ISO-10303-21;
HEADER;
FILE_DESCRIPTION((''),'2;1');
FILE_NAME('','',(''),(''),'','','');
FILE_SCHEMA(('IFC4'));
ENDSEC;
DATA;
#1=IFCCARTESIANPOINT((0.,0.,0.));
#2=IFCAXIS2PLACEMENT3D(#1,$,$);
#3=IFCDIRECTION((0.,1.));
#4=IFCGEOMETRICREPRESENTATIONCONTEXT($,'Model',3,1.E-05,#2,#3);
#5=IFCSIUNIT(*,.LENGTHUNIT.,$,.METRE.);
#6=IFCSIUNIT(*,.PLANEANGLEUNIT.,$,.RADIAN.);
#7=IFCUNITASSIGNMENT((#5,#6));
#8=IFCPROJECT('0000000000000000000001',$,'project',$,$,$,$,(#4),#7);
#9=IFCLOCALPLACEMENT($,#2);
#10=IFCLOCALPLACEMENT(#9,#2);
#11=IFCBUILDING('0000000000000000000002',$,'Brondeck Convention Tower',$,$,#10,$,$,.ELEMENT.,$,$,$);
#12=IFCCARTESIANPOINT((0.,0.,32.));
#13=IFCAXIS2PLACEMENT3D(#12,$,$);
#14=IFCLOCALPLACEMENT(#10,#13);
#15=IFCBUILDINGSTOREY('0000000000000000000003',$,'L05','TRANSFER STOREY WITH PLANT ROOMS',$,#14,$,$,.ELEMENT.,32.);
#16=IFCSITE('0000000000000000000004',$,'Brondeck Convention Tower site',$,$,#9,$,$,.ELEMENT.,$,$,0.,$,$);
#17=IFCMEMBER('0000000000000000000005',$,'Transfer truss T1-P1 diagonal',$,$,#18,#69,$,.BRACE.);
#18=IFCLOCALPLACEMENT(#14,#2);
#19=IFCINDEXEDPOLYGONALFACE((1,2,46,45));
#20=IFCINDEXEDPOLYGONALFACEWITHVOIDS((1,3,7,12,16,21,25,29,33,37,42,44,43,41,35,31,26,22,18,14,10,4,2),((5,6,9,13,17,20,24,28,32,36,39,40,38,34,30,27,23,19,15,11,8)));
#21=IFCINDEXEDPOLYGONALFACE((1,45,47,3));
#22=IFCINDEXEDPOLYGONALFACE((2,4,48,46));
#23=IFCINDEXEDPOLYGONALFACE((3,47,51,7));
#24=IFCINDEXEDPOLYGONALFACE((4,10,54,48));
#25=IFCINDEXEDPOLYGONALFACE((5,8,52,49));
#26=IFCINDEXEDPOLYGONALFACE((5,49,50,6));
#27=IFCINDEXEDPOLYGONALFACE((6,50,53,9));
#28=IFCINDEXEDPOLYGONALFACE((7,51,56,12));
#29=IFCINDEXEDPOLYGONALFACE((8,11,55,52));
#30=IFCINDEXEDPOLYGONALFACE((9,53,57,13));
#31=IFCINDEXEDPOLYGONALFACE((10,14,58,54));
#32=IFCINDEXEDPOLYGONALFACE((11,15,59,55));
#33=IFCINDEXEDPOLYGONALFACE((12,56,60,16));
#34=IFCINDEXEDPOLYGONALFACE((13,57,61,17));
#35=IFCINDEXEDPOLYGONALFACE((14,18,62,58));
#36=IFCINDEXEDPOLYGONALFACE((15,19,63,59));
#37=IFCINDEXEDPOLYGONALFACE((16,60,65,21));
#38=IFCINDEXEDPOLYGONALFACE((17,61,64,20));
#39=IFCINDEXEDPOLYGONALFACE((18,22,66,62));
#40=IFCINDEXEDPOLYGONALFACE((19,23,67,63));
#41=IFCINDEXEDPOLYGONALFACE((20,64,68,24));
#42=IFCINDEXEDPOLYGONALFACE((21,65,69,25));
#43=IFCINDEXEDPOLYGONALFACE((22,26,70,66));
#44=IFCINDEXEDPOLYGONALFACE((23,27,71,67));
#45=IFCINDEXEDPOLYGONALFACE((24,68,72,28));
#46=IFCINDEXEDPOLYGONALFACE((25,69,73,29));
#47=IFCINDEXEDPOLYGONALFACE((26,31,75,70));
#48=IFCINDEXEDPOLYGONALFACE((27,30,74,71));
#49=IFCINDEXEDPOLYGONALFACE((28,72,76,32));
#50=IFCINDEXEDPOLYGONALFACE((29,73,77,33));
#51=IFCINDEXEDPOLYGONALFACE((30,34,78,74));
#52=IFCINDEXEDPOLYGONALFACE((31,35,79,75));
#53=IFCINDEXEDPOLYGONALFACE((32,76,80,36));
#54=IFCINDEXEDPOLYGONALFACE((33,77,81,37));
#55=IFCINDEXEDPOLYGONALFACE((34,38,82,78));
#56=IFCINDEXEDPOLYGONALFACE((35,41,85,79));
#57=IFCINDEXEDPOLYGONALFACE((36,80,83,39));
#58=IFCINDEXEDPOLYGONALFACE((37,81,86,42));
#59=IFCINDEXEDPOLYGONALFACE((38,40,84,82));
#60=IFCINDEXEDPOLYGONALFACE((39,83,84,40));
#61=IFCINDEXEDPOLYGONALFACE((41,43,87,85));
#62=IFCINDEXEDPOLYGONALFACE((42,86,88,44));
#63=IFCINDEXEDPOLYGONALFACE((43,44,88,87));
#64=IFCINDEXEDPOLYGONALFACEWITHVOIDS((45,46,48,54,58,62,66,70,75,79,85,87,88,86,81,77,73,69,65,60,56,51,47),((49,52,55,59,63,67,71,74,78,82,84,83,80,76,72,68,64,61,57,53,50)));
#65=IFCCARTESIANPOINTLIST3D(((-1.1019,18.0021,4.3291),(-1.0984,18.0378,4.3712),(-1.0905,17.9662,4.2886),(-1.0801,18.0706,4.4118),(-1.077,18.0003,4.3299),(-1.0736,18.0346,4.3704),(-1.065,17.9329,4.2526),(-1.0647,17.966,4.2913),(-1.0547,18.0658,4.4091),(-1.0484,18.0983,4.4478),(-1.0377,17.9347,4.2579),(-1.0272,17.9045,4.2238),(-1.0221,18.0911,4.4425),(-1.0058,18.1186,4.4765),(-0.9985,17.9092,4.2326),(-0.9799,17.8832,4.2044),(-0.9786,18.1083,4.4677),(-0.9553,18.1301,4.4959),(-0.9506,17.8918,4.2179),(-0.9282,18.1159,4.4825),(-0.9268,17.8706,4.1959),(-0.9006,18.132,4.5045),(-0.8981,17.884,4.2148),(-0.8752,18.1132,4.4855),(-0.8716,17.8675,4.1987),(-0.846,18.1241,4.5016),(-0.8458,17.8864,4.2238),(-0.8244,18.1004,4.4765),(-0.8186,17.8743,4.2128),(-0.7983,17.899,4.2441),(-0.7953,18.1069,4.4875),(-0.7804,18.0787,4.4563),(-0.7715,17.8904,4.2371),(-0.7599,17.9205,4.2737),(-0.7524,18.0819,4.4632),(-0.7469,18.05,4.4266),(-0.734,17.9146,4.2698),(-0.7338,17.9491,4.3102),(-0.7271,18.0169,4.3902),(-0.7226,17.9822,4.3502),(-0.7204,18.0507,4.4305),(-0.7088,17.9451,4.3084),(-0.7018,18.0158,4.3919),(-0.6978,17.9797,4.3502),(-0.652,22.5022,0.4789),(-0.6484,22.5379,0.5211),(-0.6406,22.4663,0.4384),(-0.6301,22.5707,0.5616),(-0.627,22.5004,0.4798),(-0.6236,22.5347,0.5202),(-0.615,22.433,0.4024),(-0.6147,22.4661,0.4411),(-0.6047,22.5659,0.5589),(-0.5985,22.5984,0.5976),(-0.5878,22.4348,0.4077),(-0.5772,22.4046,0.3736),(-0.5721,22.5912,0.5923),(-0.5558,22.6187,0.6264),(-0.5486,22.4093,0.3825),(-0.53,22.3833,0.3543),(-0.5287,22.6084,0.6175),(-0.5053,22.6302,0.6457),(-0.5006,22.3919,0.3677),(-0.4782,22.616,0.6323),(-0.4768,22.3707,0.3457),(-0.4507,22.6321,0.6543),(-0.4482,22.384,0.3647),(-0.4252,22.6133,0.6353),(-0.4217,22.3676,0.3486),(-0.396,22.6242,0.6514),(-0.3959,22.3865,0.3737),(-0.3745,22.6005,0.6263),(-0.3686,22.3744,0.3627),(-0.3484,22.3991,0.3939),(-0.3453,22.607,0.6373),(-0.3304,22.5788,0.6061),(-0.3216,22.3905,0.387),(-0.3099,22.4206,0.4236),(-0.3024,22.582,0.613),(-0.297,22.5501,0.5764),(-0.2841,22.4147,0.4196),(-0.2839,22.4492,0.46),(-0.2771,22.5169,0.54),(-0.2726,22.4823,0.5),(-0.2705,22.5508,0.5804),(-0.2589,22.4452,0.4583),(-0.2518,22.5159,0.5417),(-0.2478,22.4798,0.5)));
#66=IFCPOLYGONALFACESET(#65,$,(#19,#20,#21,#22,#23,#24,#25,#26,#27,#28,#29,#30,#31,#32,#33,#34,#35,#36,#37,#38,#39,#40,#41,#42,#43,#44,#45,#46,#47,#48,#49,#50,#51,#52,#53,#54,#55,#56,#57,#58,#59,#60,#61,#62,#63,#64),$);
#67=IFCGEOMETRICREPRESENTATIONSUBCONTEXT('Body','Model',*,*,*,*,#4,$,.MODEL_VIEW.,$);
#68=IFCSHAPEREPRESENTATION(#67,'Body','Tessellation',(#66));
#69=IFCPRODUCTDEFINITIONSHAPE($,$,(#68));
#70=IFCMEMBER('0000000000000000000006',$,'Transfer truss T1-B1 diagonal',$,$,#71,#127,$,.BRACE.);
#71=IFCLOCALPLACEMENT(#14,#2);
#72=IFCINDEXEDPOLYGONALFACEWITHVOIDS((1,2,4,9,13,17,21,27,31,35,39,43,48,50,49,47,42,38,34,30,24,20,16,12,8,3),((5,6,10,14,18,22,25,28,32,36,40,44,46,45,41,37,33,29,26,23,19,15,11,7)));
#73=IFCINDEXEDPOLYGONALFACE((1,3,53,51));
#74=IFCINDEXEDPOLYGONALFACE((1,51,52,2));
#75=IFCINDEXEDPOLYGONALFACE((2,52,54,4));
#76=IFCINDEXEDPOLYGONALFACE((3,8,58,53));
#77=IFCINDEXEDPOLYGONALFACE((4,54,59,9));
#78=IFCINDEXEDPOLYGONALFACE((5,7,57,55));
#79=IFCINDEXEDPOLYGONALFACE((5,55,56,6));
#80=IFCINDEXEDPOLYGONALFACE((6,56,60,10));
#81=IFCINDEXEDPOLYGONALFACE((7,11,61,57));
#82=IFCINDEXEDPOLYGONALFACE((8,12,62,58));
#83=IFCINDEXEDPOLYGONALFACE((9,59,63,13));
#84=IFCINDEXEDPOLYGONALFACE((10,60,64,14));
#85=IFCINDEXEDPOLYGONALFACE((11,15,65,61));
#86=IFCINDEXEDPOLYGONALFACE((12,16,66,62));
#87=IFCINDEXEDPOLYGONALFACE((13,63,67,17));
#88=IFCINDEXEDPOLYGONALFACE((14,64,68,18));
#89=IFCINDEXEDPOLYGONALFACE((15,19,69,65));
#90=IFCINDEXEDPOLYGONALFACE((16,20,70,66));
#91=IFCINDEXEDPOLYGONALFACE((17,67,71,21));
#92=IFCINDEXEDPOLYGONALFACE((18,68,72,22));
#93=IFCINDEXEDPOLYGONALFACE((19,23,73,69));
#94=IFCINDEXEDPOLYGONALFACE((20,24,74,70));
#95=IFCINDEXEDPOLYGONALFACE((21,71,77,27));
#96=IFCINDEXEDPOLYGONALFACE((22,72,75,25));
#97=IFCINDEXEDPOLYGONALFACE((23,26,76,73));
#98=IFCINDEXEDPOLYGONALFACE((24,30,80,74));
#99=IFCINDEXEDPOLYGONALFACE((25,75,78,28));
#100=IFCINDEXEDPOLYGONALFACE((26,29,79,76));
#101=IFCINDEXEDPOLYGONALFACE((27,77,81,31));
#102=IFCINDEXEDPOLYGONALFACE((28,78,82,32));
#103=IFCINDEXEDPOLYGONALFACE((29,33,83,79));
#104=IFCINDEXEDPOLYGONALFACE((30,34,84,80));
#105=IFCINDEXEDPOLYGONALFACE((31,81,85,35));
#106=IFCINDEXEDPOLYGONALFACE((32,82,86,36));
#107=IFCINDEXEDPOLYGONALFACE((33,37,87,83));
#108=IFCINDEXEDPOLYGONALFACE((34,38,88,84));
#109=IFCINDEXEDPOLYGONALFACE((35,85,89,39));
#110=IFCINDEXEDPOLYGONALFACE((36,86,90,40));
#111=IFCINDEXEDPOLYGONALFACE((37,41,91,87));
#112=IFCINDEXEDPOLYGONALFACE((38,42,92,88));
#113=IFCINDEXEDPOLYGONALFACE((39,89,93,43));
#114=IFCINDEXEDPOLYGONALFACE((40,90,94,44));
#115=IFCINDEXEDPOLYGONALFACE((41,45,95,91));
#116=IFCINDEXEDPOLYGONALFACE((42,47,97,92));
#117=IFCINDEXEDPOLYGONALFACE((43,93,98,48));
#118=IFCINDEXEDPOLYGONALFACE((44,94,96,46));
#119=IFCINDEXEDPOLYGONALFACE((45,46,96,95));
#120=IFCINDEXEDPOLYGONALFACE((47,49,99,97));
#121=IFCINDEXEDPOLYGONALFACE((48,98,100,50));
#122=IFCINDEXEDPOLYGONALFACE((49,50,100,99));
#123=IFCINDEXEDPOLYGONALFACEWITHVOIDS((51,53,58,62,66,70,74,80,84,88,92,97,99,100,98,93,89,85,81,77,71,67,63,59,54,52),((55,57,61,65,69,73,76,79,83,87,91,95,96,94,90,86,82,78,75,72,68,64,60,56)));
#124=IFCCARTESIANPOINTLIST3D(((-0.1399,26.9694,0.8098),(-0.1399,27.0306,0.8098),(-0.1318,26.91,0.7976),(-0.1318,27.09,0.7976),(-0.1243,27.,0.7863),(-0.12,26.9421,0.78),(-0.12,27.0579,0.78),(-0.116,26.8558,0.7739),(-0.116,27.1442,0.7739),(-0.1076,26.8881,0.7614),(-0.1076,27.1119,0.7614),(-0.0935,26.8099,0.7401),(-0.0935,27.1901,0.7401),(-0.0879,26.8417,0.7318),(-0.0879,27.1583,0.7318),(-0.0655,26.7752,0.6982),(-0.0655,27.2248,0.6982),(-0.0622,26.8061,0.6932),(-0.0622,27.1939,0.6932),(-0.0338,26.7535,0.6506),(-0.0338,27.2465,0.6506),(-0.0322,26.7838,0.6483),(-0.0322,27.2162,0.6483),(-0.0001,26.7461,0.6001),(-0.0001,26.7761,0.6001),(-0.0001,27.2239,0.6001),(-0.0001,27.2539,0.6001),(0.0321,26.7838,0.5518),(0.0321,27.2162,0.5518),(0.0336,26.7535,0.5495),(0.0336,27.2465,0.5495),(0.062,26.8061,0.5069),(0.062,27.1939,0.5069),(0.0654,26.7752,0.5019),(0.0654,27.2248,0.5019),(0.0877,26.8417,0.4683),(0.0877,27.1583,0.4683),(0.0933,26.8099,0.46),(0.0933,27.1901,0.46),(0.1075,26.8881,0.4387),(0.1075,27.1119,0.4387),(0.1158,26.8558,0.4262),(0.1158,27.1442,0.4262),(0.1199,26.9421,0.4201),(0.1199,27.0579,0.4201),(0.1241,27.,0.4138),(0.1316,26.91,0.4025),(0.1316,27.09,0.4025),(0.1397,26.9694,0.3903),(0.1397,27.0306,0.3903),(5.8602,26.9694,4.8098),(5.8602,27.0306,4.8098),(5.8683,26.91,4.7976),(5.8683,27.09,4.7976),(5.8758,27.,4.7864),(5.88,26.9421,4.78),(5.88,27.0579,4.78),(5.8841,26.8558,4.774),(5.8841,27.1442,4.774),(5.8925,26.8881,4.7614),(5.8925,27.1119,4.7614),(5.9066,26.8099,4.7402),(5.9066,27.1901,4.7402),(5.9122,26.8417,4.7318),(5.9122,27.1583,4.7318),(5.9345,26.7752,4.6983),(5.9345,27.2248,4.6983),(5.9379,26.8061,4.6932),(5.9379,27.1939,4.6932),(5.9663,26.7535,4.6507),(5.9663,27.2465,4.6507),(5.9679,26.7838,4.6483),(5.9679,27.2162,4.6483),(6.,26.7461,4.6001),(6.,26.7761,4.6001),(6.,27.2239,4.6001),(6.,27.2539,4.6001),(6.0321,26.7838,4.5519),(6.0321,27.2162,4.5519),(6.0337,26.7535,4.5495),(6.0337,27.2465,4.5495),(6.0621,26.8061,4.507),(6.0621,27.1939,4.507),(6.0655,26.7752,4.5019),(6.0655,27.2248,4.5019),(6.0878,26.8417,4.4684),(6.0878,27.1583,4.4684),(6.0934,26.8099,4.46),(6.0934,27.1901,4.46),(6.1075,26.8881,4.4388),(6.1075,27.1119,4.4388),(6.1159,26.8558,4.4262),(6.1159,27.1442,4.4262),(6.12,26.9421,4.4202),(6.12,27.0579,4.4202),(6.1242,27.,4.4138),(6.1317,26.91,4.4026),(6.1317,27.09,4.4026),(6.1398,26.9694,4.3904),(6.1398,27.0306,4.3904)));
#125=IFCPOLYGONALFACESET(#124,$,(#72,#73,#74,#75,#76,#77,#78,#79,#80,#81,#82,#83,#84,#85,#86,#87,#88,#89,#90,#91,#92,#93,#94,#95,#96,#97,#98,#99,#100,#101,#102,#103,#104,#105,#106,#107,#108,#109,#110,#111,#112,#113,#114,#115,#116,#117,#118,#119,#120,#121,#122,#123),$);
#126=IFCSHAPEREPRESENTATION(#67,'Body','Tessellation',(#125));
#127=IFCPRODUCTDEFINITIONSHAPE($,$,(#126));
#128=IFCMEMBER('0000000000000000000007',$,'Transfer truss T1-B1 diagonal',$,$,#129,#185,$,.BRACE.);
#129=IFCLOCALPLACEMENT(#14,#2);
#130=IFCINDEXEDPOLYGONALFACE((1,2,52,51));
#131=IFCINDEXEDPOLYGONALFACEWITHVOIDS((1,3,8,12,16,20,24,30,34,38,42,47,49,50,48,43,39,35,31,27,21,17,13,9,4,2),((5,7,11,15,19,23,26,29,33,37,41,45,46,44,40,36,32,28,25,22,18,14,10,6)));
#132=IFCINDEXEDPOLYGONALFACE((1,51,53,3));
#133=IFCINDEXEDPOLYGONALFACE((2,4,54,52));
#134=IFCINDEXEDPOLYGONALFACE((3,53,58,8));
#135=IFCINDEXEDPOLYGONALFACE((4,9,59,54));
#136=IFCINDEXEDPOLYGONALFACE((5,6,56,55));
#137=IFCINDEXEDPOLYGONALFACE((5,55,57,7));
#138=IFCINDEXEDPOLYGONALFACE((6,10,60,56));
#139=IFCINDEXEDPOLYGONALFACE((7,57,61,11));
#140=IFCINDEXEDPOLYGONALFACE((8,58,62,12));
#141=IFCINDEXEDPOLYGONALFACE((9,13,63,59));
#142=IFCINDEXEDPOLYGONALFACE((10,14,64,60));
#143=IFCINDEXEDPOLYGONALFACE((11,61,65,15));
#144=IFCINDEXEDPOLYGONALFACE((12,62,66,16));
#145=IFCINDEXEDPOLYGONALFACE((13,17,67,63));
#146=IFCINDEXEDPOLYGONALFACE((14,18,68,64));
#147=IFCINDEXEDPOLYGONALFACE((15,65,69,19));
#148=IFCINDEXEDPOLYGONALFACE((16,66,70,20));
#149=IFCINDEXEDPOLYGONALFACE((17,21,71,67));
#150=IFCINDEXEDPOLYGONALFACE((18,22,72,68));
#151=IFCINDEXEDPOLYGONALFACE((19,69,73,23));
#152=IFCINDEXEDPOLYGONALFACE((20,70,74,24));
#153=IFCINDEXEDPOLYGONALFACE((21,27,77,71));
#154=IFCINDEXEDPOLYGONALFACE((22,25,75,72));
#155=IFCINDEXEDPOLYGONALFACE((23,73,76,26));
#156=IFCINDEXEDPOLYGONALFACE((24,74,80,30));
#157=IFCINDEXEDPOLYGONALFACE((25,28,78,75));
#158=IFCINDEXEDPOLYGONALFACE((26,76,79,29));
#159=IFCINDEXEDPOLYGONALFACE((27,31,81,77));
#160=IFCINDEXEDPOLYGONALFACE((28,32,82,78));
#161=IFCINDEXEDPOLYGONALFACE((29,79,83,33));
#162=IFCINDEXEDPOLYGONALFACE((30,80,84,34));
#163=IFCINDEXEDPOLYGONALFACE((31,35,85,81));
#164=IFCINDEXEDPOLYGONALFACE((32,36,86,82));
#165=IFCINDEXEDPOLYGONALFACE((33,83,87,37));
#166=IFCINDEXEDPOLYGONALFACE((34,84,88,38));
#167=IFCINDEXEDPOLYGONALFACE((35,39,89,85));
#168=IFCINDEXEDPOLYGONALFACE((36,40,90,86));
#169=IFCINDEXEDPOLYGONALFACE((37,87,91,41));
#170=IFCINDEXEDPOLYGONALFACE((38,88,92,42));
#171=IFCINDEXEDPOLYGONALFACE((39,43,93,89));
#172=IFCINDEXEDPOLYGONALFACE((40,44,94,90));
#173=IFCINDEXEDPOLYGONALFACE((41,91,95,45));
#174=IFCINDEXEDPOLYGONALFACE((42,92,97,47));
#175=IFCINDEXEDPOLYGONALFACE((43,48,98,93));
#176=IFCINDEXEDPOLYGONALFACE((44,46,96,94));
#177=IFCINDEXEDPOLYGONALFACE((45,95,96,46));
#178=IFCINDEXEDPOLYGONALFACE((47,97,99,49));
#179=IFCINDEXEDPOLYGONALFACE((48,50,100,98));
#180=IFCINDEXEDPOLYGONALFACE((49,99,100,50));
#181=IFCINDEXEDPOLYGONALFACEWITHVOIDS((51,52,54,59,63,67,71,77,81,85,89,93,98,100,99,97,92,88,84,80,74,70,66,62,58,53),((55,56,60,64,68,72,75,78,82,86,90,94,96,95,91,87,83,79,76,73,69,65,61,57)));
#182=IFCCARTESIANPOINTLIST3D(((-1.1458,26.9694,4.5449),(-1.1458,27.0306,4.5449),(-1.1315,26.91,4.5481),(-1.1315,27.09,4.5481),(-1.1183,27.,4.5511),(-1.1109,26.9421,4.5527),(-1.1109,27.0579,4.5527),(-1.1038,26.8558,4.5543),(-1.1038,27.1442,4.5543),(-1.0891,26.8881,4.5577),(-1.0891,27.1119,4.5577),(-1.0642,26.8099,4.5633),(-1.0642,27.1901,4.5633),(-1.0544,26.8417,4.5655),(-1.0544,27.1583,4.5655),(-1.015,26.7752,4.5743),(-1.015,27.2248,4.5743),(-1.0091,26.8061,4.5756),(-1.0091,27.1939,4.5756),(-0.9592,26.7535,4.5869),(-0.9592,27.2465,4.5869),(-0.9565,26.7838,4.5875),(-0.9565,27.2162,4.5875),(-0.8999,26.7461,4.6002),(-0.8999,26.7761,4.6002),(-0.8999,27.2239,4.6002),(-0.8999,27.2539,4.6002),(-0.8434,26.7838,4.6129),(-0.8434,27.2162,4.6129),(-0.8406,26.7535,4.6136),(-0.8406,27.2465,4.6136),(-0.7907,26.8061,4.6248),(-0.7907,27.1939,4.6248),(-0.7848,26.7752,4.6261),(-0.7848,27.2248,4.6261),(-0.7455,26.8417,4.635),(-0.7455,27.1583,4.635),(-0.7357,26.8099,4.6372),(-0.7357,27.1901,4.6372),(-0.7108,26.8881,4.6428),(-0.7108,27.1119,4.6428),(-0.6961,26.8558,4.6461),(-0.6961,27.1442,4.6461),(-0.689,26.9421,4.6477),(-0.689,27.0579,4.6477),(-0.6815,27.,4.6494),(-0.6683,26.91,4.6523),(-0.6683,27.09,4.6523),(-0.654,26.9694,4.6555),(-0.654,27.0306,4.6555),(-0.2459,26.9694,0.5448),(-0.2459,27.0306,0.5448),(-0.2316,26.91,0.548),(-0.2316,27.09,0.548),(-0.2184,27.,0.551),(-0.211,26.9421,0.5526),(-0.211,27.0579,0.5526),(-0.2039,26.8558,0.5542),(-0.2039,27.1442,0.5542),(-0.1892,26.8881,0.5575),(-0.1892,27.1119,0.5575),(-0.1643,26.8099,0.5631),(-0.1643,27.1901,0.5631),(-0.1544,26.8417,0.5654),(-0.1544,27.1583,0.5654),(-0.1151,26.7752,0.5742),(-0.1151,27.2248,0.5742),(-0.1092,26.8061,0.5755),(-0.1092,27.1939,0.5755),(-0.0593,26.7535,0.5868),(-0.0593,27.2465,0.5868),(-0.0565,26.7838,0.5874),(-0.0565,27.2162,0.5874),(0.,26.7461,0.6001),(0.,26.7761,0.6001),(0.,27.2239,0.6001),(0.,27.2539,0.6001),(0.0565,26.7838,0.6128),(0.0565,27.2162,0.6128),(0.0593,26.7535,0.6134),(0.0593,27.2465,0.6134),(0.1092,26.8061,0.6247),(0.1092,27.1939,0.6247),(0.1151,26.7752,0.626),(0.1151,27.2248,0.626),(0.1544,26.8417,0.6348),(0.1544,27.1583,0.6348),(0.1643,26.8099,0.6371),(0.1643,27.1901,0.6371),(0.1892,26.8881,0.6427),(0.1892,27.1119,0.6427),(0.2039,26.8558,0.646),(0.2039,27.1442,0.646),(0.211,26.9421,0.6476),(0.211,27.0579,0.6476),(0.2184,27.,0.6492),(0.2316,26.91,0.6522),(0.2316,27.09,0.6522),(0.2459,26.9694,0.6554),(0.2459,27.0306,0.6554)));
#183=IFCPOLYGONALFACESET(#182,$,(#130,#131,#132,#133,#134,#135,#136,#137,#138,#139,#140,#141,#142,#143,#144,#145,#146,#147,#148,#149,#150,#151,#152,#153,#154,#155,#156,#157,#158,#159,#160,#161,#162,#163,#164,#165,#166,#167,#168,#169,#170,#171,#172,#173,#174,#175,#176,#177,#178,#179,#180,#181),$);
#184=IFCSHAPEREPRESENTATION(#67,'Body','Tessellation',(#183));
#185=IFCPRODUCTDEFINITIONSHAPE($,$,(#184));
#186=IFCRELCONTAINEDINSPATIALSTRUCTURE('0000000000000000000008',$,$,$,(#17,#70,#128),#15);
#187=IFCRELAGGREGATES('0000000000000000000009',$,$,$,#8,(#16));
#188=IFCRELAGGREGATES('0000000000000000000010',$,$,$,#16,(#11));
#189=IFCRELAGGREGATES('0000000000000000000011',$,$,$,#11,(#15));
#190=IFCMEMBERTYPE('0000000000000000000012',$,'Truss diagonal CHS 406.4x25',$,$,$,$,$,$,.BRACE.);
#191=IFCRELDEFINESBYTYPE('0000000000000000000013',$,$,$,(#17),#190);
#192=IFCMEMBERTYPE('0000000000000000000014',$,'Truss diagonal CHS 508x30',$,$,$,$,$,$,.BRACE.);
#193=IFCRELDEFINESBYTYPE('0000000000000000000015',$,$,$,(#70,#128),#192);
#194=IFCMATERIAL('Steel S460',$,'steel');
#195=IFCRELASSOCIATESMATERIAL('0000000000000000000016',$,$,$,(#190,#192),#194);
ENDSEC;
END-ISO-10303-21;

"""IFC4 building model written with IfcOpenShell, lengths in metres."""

from ifc_helpers import new_model, si_unit, direction, frame, origin, origin_2d, place, context, subcontext, project, spatial, hollow_circle, extrude, material, material_profile, profile_set, type_object, element, save


model = new_model("IFC4")

# Units and contexts
model_context = context("Model", 3, precision=1e-05, world=origin(), true_north=direction((0.0, 1.0)))
body_context = subcontext(model_context, "Body", "Model", "MODEL_VIEW")
ifc_project = project(units=[si_unit("LENGTHUNIT", "METRE"), si_unit("PLANEANGLEUNIT", "RADIAN")], contexts=[model_context])

# Site, building, storey
site_placement = place(None, origin())
site = spatial("IfcSite", under=ifc_project, at=site_placement, Name="Brondeck Convention Tower site", CompositionType="ELEMENT", RefElevation=0.0)
building_placement = place(site_placement, origin())
building = spatial("IfcBuilding", under=site, at=building_placement, Name="Brondeck Convention Tower", CompositionType="ELEMENT")
storey_placement = place(building_placement, frame((0.0, 0.0, 32.0)))
storey = spatial("IfcBuildingStorey", under=building, at=storey_placement, Name="L05", Description="TRANSFER STOREY WITH PLANT ROOMS", CompositionType="ELEMENT", Elevation=32.0)

# Shared definitions
ifc_material_1 = material(Name="Steel S460", Category="steel")

# Members
ifc_material_profile_1 = material_profile(ifc_material_1, hollow_circle(Radius=0.2031, WallThickness=0.0249, at=origin_2d()), Name="CHS 406.4x25")
ifc_profile_set_1 = profile_set([ifc_material_profile_1], Name="Steel S460")
member_type_1 = type_object("IfcMemberType", Name="Truss diagonal CHS 406.4x25", PredefinedType="BRACE", material=ifc_profile_set_1)
for number, where, z_axis, x_axis, name in (
    (1, (-0.45, 22.5, 0.5), (-0.075758, -0.75766, 0.648237), (0.995038, -0.099493, 0.0), "Transfer truss T1-P1 diagonal"),
):
    element("IfcMember", number, at=place(storey_placement, frame(where, z_axis=z_axis, x_axis=x_axis)), inside=storey, type_object=member_type_1, Name=name, PredefinedType="BRACE", context=body_context, shape_type="SweptSolid", body=[
        extrude(hollow_circle(Radius=0.2031, WallThickness=0.0249, at=origin_2d()), origin(), (0.0, 0.0, 1.0), 5.9395),
    ])
ifc_material_profile_2 = material_profile(ifc_material_1, hollow_circle(Radius=0.2539, WallThickness=0.03, at=origin_2d()), Name="CHS 508x30")
ifc_profile_set_2 = profile_set([ifc_material_profile_2], Name="Steel S460")
member_type_2 = type_object("IfcMemberType", Name="Truss diagonal CHS 508x30", PredefinedType="BRACE", material=ifc_profile_set_2)
member_1_placement = place(storey_placement, frame((6.0, 27.0, 4.6001), z_axis=(-0.83205, 0.0, -0.5547), x_axis=(0.0, -1.0, 0.0)))
element("IfcMember", 2, at=member_1_placement, inside=storey, type_object=member_type_2, Name="Transfer truss T1-B1 diagonal", PredefinedType="BRACE", context=body_context, shape_type="SweptSolid", body=[
    extrude(hollow_circle(Radius=0.2539, WallThickness=0.03, at=origin_2d()), origin(), (0.0, 0.0, 1.0), 7.2112),
])
member_2_placement = place(storey_placement, frame((0.0, 27.0, 0.6001), z_axis=(-0.21949, 0.0, 0.975615), x_axis=(0.0, -1.0, 0.0)))
element("IfcMember", 3, at=member_2_placement, inside=storey, type_object=member_type_2, Name="Transfer truss T1-B1 diagonal", PredefinedType="BRACE", context=body_context, shape_type="SweptSolid", body=[
    extrude(hollow_circle(Radius=0.2539, WallThickness=0.03, at=origin_2d()), origin(), (0.0, 0.0, 1.0), 4.1001),
])

save(model, "model.ifc")
